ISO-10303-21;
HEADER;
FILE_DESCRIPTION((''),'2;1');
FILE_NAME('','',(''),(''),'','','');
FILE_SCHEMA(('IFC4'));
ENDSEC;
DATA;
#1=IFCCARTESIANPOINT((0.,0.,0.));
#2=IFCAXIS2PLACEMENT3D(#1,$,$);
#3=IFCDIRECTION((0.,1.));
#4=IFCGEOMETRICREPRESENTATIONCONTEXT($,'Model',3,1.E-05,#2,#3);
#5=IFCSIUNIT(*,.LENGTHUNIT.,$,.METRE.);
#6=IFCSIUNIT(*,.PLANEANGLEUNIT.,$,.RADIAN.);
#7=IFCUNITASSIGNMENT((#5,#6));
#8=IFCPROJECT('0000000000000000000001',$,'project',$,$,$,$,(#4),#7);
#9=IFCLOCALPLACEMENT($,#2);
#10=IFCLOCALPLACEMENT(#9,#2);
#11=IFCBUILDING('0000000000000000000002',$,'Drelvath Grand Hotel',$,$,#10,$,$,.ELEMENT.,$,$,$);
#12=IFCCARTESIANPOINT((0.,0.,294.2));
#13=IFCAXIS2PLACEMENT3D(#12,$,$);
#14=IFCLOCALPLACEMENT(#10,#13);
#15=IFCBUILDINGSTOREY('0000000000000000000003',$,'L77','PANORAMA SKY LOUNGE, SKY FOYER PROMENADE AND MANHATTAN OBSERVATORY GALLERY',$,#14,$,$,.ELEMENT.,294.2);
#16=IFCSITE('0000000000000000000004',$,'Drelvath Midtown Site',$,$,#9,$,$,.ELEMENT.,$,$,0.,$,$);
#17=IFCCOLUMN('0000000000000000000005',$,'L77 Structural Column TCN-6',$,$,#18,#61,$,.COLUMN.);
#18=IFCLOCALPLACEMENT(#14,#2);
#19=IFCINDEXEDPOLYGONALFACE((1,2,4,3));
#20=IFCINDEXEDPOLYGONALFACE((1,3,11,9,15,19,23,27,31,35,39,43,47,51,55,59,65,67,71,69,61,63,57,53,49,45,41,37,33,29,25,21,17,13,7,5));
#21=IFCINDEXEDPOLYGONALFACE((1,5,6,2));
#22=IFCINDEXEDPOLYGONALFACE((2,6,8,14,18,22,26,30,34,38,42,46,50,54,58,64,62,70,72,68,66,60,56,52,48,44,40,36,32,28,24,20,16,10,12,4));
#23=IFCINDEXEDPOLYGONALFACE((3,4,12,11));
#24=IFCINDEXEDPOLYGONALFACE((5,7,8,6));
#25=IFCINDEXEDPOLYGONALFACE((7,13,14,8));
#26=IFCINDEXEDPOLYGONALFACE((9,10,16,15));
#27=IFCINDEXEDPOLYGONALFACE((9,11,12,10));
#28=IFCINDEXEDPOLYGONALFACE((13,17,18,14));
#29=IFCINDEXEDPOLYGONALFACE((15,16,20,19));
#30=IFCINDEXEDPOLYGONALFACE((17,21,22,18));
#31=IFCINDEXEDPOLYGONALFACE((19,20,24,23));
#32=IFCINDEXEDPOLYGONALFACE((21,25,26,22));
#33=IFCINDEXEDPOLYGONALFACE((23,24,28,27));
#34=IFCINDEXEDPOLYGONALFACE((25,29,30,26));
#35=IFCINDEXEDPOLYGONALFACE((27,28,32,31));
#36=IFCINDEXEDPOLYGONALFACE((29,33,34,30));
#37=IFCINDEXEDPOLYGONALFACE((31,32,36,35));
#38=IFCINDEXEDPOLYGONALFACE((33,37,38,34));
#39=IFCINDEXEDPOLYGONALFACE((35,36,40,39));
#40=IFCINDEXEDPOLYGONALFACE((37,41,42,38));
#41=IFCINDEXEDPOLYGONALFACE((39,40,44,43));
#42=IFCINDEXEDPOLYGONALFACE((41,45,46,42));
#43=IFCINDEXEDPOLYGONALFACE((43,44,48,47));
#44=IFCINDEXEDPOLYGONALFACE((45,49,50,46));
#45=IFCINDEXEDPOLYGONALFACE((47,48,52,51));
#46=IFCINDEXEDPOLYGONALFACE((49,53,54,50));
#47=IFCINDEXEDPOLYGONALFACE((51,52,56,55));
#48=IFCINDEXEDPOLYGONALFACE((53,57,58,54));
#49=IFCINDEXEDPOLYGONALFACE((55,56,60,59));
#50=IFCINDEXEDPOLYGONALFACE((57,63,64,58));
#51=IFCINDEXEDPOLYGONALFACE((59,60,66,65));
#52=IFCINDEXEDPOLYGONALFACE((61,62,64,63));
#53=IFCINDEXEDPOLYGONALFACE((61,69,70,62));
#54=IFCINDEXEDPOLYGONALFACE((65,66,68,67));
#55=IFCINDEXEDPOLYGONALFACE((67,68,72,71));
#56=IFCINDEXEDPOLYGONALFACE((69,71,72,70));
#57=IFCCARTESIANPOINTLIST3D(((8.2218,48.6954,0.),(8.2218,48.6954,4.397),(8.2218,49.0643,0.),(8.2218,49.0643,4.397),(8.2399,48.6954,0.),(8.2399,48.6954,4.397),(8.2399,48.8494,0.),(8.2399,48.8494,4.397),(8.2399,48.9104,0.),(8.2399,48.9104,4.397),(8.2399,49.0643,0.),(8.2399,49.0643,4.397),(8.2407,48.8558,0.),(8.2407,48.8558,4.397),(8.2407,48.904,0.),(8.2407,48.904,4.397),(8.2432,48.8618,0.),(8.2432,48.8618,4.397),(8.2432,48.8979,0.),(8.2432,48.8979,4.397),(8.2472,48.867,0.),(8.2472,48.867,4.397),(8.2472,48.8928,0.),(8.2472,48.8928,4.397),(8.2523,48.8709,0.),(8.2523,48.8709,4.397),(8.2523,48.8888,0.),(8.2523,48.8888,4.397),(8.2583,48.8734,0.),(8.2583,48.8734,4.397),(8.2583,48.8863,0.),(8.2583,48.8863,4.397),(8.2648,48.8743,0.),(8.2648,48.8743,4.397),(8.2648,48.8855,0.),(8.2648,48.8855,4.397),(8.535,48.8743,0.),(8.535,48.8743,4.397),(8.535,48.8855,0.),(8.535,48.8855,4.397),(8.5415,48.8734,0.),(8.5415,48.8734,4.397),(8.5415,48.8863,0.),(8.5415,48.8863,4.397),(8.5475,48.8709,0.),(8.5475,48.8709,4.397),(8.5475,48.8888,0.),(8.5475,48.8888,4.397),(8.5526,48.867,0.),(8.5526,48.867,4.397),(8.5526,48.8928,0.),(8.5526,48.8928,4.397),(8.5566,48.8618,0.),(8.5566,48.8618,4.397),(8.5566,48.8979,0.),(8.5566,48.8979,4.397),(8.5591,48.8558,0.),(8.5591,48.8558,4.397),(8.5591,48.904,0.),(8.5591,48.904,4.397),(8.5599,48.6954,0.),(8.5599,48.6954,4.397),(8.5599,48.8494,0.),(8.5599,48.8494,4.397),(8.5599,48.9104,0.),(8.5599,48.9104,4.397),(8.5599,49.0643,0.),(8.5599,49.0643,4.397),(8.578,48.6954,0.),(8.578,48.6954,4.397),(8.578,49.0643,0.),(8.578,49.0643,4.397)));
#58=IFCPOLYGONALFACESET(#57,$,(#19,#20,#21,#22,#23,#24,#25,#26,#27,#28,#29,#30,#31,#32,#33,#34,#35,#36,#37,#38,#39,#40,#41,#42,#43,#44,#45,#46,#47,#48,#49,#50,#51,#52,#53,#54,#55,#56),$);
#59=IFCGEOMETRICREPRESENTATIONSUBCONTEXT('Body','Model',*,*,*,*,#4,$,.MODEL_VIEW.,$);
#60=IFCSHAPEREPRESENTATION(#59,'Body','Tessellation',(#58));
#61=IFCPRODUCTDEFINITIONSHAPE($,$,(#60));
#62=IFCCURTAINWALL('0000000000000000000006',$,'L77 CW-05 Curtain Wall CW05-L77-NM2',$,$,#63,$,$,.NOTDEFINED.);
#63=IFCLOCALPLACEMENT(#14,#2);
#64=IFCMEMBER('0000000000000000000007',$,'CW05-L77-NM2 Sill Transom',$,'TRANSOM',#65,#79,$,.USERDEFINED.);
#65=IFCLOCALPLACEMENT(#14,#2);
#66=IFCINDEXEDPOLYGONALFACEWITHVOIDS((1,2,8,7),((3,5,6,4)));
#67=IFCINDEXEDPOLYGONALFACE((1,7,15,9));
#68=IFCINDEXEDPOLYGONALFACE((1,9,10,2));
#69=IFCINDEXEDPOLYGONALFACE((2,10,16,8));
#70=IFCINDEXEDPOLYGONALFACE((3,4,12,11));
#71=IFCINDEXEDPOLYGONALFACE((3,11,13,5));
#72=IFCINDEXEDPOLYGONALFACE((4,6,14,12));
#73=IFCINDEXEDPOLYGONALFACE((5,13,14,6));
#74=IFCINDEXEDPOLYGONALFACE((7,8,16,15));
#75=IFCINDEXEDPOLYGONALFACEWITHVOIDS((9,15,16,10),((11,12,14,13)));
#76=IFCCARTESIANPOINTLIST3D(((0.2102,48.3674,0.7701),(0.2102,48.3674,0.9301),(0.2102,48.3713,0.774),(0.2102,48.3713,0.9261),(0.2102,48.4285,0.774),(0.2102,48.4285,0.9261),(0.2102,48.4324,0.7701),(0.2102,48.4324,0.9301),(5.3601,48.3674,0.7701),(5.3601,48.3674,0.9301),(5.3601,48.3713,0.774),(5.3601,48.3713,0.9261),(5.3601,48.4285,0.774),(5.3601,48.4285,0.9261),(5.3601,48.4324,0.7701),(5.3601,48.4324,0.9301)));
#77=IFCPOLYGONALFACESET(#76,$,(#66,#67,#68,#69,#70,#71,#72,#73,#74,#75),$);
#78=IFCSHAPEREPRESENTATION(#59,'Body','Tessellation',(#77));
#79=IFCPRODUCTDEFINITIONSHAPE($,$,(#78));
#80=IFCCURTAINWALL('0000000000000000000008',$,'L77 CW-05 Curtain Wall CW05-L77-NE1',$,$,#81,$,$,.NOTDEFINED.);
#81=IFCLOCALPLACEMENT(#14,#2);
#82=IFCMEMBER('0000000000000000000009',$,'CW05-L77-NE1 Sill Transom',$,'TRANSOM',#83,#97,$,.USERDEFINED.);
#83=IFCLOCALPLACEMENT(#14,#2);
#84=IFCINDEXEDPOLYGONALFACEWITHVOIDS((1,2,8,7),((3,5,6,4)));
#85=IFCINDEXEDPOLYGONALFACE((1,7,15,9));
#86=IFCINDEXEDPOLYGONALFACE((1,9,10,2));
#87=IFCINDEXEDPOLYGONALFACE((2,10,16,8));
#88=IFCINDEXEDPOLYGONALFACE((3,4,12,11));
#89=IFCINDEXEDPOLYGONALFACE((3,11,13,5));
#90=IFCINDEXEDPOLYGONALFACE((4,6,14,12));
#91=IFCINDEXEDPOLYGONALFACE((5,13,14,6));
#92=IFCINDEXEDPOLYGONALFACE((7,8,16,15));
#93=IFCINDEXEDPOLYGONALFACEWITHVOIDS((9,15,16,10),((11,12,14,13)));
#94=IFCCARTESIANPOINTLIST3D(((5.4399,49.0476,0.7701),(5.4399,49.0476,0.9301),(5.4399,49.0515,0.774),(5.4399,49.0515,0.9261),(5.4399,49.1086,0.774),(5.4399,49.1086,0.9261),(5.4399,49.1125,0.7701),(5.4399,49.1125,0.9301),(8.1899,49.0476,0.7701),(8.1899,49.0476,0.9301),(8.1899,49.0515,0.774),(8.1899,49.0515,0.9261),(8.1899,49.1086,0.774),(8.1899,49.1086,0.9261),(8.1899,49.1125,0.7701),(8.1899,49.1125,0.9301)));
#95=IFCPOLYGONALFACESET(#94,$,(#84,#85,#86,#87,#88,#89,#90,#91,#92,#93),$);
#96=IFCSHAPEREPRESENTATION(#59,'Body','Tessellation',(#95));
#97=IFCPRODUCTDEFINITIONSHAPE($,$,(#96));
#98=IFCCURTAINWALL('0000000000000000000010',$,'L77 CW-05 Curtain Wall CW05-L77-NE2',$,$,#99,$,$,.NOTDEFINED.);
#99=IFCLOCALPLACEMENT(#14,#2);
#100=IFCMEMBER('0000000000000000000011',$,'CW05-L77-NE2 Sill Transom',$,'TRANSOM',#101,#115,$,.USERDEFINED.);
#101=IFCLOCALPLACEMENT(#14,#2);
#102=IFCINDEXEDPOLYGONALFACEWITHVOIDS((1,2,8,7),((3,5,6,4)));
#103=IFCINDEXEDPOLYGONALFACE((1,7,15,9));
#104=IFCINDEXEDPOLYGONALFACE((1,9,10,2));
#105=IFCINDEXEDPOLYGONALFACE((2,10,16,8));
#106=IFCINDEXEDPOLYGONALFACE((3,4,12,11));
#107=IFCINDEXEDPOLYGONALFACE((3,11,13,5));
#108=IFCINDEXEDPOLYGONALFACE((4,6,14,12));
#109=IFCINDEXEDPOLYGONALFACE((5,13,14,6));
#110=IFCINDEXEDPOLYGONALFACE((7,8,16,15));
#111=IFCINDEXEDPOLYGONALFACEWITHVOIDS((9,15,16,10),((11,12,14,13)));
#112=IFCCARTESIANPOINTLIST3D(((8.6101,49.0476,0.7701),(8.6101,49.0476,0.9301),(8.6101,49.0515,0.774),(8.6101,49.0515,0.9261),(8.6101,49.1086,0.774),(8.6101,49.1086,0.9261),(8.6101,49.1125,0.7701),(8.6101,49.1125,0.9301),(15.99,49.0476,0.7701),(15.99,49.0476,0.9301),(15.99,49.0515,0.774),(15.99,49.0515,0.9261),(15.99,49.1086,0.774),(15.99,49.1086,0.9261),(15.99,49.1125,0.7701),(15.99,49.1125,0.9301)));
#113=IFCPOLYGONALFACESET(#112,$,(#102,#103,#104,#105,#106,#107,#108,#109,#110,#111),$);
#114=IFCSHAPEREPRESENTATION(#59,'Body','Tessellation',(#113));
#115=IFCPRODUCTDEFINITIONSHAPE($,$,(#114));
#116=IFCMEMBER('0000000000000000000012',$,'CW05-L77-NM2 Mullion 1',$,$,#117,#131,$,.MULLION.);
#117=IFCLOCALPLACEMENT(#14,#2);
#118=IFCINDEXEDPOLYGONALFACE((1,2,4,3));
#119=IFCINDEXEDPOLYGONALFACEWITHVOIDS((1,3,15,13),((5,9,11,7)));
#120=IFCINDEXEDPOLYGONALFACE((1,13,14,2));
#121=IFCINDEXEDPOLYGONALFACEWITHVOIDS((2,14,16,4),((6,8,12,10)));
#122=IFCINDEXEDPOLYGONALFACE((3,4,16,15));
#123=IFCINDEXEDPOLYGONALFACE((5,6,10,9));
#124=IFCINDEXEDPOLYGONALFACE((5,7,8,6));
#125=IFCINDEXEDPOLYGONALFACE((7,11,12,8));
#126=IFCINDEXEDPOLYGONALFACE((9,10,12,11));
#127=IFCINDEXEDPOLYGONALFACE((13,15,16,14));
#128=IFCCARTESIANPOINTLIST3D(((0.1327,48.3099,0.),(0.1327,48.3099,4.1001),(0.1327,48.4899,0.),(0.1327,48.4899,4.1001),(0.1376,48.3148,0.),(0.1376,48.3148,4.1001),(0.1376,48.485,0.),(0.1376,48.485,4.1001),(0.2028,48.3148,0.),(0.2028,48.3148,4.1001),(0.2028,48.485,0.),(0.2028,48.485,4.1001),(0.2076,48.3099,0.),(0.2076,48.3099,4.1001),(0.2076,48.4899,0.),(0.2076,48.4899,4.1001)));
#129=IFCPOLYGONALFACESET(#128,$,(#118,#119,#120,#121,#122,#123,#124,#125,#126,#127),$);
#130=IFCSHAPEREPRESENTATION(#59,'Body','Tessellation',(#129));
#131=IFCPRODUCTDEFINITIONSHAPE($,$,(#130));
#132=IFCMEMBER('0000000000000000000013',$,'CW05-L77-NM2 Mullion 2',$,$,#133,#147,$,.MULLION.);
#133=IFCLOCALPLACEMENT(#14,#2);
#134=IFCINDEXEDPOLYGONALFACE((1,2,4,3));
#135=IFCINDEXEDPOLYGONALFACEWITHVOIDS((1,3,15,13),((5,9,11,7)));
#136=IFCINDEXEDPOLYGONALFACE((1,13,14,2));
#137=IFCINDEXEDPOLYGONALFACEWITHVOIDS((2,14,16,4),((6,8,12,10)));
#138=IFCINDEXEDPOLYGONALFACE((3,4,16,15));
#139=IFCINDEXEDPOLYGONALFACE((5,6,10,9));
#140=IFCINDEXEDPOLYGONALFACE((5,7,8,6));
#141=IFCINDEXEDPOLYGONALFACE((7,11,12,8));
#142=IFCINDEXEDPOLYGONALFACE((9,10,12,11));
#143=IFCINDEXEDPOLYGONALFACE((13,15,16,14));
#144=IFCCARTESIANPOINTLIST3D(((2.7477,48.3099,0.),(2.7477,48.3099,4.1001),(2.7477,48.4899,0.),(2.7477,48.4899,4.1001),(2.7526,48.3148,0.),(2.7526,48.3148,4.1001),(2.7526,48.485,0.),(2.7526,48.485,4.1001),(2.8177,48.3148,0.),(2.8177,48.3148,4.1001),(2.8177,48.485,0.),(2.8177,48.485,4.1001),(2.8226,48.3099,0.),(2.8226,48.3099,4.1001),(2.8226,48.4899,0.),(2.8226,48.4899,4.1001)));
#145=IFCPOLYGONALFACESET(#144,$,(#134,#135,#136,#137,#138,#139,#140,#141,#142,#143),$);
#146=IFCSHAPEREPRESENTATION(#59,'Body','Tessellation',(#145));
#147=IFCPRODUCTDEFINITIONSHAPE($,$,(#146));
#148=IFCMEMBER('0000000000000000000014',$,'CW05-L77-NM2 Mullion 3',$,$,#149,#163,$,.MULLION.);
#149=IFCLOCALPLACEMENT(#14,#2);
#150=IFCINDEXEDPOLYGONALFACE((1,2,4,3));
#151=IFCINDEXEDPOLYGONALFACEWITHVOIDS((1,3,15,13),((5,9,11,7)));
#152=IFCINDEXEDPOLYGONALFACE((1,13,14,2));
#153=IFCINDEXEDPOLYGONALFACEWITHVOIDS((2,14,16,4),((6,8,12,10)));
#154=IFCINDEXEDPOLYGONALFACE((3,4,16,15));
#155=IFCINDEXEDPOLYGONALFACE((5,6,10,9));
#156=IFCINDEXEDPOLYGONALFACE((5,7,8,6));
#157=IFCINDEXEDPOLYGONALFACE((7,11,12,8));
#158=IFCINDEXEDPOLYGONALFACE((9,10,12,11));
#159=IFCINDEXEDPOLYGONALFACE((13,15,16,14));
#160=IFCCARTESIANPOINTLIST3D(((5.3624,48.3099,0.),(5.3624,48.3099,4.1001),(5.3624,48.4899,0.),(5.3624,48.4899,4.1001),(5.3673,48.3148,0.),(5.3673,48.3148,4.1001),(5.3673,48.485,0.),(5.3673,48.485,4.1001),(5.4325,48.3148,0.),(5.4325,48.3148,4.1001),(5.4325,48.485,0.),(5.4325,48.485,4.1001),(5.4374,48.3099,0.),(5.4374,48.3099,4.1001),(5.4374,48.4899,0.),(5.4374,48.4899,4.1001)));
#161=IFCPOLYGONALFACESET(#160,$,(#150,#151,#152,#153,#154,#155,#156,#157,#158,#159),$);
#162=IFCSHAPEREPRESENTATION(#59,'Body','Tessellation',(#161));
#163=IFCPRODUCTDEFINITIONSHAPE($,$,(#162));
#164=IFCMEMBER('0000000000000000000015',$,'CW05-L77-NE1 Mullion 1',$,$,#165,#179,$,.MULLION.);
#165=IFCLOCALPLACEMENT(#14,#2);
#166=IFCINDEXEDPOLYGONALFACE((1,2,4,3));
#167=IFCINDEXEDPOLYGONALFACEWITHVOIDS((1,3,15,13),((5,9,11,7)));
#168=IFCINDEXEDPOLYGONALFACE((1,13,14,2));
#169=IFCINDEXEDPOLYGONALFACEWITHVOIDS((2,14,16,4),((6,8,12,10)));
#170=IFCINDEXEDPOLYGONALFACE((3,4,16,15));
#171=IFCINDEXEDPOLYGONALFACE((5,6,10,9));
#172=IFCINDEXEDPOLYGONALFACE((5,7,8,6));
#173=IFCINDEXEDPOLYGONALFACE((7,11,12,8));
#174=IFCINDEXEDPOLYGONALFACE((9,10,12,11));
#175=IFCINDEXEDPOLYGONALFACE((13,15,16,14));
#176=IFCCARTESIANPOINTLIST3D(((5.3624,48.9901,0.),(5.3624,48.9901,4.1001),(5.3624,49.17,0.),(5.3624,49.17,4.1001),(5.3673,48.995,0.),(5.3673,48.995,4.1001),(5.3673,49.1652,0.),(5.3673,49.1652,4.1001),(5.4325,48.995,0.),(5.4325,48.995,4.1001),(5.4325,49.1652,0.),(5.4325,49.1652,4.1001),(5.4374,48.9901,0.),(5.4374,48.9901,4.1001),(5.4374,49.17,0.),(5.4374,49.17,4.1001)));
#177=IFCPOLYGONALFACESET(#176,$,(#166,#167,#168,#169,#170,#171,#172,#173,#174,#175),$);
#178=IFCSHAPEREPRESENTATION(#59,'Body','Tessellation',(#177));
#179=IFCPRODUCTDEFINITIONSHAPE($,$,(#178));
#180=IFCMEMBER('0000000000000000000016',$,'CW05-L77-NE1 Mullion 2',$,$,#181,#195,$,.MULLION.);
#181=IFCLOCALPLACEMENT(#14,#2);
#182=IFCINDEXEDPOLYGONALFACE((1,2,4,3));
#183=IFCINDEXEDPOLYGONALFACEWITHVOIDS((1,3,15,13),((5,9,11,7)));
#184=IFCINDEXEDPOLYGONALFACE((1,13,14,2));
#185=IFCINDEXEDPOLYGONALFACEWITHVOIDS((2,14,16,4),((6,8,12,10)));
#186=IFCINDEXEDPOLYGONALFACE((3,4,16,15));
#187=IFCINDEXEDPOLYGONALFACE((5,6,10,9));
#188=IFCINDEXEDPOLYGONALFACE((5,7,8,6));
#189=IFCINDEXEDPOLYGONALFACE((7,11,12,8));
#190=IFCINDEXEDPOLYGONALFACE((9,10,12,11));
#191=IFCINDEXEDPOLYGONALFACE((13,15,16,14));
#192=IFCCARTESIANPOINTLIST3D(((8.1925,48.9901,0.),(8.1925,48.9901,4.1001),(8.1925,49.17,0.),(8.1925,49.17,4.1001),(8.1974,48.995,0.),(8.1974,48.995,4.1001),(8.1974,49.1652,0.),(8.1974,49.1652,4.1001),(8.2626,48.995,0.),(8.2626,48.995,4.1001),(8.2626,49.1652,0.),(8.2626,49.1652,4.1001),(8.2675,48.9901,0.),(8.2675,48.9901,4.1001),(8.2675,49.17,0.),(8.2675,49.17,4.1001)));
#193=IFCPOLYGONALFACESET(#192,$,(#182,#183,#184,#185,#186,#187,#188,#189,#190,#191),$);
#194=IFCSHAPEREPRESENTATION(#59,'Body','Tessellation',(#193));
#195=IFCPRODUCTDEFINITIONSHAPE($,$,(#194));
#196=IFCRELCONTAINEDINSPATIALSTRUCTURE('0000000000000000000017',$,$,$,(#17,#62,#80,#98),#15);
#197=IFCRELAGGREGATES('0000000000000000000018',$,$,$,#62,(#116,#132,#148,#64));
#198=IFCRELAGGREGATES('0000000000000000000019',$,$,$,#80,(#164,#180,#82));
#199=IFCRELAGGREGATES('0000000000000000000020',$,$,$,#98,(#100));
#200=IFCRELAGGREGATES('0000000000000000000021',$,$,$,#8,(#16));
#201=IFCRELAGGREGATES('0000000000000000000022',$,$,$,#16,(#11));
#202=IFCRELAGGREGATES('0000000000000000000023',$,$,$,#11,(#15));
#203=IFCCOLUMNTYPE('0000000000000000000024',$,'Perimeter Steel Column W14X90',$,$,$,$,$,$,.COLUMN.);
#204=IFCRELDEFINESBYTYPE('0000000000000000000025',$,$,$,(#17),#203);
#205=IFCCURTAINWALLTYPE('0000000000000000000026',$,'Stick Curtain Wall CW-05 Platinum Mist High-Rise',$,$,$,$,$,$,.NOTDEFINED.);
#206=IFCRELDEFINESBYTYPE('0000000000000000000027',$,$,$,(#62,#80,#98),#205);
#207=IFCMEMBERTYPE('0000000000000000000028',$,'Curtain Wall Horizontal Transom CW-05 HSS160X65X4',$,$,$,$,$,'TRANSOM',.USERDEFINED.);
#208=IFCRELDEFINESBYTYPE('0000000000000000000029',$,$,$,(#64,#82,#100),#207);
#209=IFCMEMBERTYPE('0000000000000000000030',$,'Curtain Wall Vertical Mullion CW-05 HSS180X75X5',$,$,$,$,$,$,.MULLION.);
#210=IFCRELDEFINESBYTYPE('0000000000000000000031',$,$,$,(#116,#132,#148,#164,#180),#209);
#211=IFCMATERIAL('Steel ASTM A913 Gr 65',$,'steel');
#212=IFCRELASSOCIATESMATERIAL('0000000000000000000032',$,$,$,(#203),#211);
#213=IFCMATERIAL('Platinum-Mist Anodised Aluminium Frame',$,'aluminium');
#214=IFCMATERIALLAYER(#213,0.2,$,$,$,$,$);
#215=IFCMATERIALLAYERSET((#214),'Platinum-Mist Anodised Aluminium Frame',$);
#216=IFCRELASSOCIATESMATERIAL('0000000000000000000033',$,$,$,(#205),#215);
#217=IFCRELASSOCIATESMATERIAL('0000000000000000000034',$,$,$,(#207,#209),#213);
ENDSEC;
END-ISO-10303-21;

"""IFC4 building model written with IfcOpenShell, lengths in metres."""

from ifc_helpers import new_model, si_unit, direction, frame, origin, origin_2d, place, context, subcontext, project, spatial, hollow_rectangle, i_section, extrude, material, layer, layer_set, material_profile, profile_set, type_object, element, aggregate, save


model = new_model("IFC4")

# Units and contexts
model_context = context("Model", 3, precision=1e-05, world=origin(), true_north=direction((0.0, 1.0)))
body_context = subcontext(model_context, "Body", "Model", "MODEL_VIEW")
ifc_project = project(units=[si_unit("LENGTHUNIT", "METRE"), si_unit("PLANEANGLEUNIT", "RADIAN")], contexts=[model_context])

# Site, building, storey
site_placement = place(None, origin())
site = spatial("IfcSite", under=ifc_project, at=site_placement, Name="Drelvath Midtown Site", CompositionType="ELEMENT", RefElevation=0.0)
building_placement = place(site_placement, origin())
building = spatial("IfcBuilding", under=site, at=building_placement, Name="Drelvath Grand Hotel", CompositionType="ELEMENT")
storey_placement = place(building_placement, frame((0.0, 0.0, 294.2)))
storey = spatial("IfcBuildingStorey", under=building, at=storey_placement, Name="L77", Description="PANORAMA SKY LOUNGE, SKY FOYER PROMENADE AND MANHATTAN OBSERVATORY GALLERY", CompositionType="ELEMENT", Elevation=294.2)

# Column
ifc_material_1 = material(Name="Steel ASTM A913 Gr 65", Category="steel")
ifc_material_profile_1 = material_profile(ifc_material_1, i_section(OverallWidth=0.3689, OverallDepth=0.3562, WebThickness=0.0112, FlangeThickness=0.0181, FilletRadius=0.0249, at=origin_2d()), Name="W14X90")
ifc_profile_set_1 = profile_set([ifc_material_profile_1], Name="Steel ASTM A913 Gr 65")
column_type = type_object("IfcColumnType", Name="Perimeter Steel Column W14X90", PredefinedType="COLUMN", material=ifc_profile_set_1)
column_placement = place(storey_placement, frame((8.3999, 48.8799, 0.0), z_axis=(0.0, 0.0, 1.0), x_axis=(0.0, 1.0, 0.0)))
element("IfcColumn", 1, at=column_placement, inside=storey, type_object=column_type, Name="L77 Structural Column TCN-6", PredefinedType="COLUMN", context=body_context, shape_type="SweptSolid", body=[
    extrude(i_section(OverallWidth=0.3689, OverallDepth=0.3562, WebThickness=0.0112, FlangeThickness=0.0181, FilletRadius=0.0249, at=origin_2d()), origin(), (0.0, 0.0, 1.0), 4.397),
])

# Curtain walls, members
ifc_material_2 = material(Name="Platinum-Mist Anodised Aluminium Frame", Category="aluminium")
ifc_layer_1 = layer(ifc_material_2, 0.2)
ifc_layer_set_1 = layer_set([ifc_layer_1], Name="Platinum-Mist Anodised Aluminium Frame")
curtain_wall_type = type_object("IfcCurtainWallType", Name="Stick Curtain Wall CW-05 Platinum Mist High-Rise", PredefinedType="NOTDEFINED", material=ifc_layer_set_1)
curtain_wall_1_placement = place(storey_placement, origin())
curtain_wall_1 = element("IfcCurtainWall", 2, at=curtain_wall_1_placement, inside=storey, type_object=curtain_wall_type, Name="L77 CW-05 Curtain Wall CW05-L77-NM2", PredefinedType="NOTDEFINED")
ifc_material_profile_2 = material_profile(ifc_material_2, hollow_rectangle(XDim=0.0649, YDim=0.1599, WallThickness=0.0039, at=origin_2d()), Name="HSS160X65X4")
ifc_profile_set_2 = profile_set([ifc_material_profile_2], Name="Platinum-Mist Anodised Aluminium Frame")
member_type_1 = type_object("IfcMemberType", Name="Curtain Wall Horizontal Transom CW-05 HSS160X65X4", ElementType="TRANSOM", PredefinedType="USERDEFINED", material=ifc_profile_set_2)
member_1_placement = place(storey_placement, frame((0.2102, 48.3999, 0.8501), z_axis=(1.0, 0.0, 0.0), x_axis=(0.0, 1.0, 0.0)))
member_1 = element("IfcMember", 3, at=member_1_placement, type_object=member_type_1, Name="CW05-L77-NM2 Sill Transom", ObjectType="TRANSOM", PredefinedType="USERDEFINED", context=body_context, shape_type="SweptSolid", body=[
    extrude(hollow_rectangle(XDim=0.0649, YDim=0.1599, WallThickness=0.0039, at=origin_2d()), origin(), (0.0, 0.0, 1.0), 5.1499),
])
curtain_wall_2_placement = place(storey_placement, origin())
curtain_wall_2 = element("IfcCurtainWall", 4, at=curtain_wall_2_placement, inside=storey, type_object=curtain_wall_type, Name="L77 CW-05 Curtain Wall CW05-L77-NE1", PredefinedType="NOTDEFINED")
member_2_placement = place(storey_placement, frame((5.4399, 49.0801, 0.8501), z_axis=(1.0, 0.0, 0.0), x_axis=(0.0, 1.0, 0.0)))
member_2 = element("IfcMember", 5, at=member_2_placement, type_object=member_type_1, Name="CW05-L77-NE1 Sill Transom", ObjectType="TRANSOM", PredefinedType="USERDEFINED", context=body_context, shape_type="SweptSolid", body=[
    extrude(hollow_rectangle(XDim=0.0649, YDim=0.1599, WallThickness=0.0039, at=origin_2d()), origin(), (0.0, 0.0, 1.0), 2.75),
])
curtain_wall_3_placement = place(storey_placement, origin())
curtain_wall_3 = element("IfcCurtainWall", 6, at=curtain_wall_3_placement, inside=storey, type_object=curtain_wall_type, Name="L77 CW-05 Curtain Wall CW05-L77-NE2", PredefinedType="NOTDEFINED")
member_3_placement = place(storey_placement, frame((8.6101, 49.0801, 0.8501), z_axis=(1.0, 0.0, 0.0), x_axis=(0.0, 1.0, 0.0)))
member_3 = element("IfcMember", 7, at=member_3_placement, type_object=member_type_1, Name="CW05-L77-NE2 Sill Transom", ObjectType="TRANSOM", PredefinedType="USERDEFINED", context=body_context, shape_type="SweptSolid", body=[
    extrude(hollow_rectangle(XDim=0.0649, YDim=0.1599, WallThickness=0.0039, at=origin_2d()), origin(), (0.0, 0.0, 1.0), 7.3799),
])

# Members
ifc_material_profile_3 = material_profile(ifc_material_2, hollow_rectangle(XDim=0.075, YDim=0.1799, WallThickness=0.0049, at=origin_2d()), Name="HSS180X75X5")
ifc_profile_set_3 = profile_set([ifc_material_profile_3], Name="Platinum-Mist Anodised Aluminium Frame")
member_type_2 = type_object("IfcMemberType", Name="Curtain Wall Vertical Mullion CW-05 HSS180X75X5", PredefinedType="MULLION", material=ifc_profile_set_3)
member_4_placement = place(storey_placement, frame((0.1702, 48.3999, 0.0), z_axis=(0.0, 0.0, 1.0), x_axis=(1.0, 0.0, 0.0)))
member_4 = element("IfcMember", 8, at=member_4_placement, type_object=member_type_2, Name="CW05-L77-NM2 Mullion 1", PredefinedType="MULLION", context=body_context, shape_type="SweptSolid", body=[
    extrude(hollow_rectangle(XDim=0.075, YDim=0.1799, WallThickness=0.0049, at=origin_2d()), origin(), (0.0, 0.0, 1.0), 4.1001),
])
member_5_placement = place(storey_placement, frame((2.7852, 48.3999, 0.0), z_axis=(0.0, 0.0, 1.0), x_axis=(1.0, 0.0, 0.0)))
member_5 = element("IfcMember", 9, at=member_5_placement, type_object=member_type_2, Name="CW05-L77-NM2 Mullion 2", PredefinedType="MULLION", context=body_context, shape_type="SweptSolid", body=[
    extrude(hollow_rectangle(XDim=0.075, YDim=0.1799, WallThickness=0.0049, at=origin_2d()), origin(), (0.0, 0.0, 1.0), 4.1001),
])
member_6_placement = place(storey_placement, frame((5.3999, 48.3999, 0.0), z_axis=(0.0, 0.0, 1.0), x_axis=(1.0, 0.0, 0.0)))
member_6 = element("IfcMember", 10, at=member_6_placement, type_object=member_type_2, Name="CW05-L77-NM2 Mullion 3", PredefinedType="MULLION", context=body_context, shape_type="SweptSolid", body=[
    extrude(hollow_rectangle(XDim=0.075, YDim=0.1799, WallThickness=0.0049, at=origin_2d()), origin(), (0.0, 0.0, 1.0), 4.1001),
])
member_7_placement = place(storey_placement, frame((5.3999, 49.0801, 0.0), z_axis=(0.0, 0.0, 1.0), x_axis=(1.0, 0.0, 0.0)))
member_7 = element("IfcMember", 11, at=member_7_placement, type_object=member_type_2, Name="CW05-L77-NE1 Mullion 1", PredefinedType="MULLION", context=body_context, shape_type="SweptSolid", body=[
    extrude(hollow_rectangle(XDim=0.075, YDim=0.1799, WallThickness=0.0049, at=origin_2d()), origin(), (0.0, 0.0, 1.0), 4.1001),
])
member_8_placement = place(storey_placement, frame((8.23, 49.0801, 0.0), z_axis=(0.0, 0.0, 1.0), x_axis=(1.0, 0.0, 0.0)))
member_8 = element("IfcMember", 12, at=member_8_placement, type_object=member_type_2, Name="CW05-L77-NE1 Mullion 2", PredefinedType="MULLION", context=body_context, shape_type="SweptSolid", body=[
    extrude(hollow_rectangle(XDim=0.075, YDim=0.1799, WallThickness=0.0049, at=origin_2d()), origin(), (0.0, 0.0, 1.0), 4.1001),
])

aggregate(curtain_wall_1, [member_4, member_5, member_6, member_1])
aggregate(curtain_wall_2, [member_7, member_8, member_2])
aggregate(curtain_wall_3, [member_3])

save(model, "model.ifc")
